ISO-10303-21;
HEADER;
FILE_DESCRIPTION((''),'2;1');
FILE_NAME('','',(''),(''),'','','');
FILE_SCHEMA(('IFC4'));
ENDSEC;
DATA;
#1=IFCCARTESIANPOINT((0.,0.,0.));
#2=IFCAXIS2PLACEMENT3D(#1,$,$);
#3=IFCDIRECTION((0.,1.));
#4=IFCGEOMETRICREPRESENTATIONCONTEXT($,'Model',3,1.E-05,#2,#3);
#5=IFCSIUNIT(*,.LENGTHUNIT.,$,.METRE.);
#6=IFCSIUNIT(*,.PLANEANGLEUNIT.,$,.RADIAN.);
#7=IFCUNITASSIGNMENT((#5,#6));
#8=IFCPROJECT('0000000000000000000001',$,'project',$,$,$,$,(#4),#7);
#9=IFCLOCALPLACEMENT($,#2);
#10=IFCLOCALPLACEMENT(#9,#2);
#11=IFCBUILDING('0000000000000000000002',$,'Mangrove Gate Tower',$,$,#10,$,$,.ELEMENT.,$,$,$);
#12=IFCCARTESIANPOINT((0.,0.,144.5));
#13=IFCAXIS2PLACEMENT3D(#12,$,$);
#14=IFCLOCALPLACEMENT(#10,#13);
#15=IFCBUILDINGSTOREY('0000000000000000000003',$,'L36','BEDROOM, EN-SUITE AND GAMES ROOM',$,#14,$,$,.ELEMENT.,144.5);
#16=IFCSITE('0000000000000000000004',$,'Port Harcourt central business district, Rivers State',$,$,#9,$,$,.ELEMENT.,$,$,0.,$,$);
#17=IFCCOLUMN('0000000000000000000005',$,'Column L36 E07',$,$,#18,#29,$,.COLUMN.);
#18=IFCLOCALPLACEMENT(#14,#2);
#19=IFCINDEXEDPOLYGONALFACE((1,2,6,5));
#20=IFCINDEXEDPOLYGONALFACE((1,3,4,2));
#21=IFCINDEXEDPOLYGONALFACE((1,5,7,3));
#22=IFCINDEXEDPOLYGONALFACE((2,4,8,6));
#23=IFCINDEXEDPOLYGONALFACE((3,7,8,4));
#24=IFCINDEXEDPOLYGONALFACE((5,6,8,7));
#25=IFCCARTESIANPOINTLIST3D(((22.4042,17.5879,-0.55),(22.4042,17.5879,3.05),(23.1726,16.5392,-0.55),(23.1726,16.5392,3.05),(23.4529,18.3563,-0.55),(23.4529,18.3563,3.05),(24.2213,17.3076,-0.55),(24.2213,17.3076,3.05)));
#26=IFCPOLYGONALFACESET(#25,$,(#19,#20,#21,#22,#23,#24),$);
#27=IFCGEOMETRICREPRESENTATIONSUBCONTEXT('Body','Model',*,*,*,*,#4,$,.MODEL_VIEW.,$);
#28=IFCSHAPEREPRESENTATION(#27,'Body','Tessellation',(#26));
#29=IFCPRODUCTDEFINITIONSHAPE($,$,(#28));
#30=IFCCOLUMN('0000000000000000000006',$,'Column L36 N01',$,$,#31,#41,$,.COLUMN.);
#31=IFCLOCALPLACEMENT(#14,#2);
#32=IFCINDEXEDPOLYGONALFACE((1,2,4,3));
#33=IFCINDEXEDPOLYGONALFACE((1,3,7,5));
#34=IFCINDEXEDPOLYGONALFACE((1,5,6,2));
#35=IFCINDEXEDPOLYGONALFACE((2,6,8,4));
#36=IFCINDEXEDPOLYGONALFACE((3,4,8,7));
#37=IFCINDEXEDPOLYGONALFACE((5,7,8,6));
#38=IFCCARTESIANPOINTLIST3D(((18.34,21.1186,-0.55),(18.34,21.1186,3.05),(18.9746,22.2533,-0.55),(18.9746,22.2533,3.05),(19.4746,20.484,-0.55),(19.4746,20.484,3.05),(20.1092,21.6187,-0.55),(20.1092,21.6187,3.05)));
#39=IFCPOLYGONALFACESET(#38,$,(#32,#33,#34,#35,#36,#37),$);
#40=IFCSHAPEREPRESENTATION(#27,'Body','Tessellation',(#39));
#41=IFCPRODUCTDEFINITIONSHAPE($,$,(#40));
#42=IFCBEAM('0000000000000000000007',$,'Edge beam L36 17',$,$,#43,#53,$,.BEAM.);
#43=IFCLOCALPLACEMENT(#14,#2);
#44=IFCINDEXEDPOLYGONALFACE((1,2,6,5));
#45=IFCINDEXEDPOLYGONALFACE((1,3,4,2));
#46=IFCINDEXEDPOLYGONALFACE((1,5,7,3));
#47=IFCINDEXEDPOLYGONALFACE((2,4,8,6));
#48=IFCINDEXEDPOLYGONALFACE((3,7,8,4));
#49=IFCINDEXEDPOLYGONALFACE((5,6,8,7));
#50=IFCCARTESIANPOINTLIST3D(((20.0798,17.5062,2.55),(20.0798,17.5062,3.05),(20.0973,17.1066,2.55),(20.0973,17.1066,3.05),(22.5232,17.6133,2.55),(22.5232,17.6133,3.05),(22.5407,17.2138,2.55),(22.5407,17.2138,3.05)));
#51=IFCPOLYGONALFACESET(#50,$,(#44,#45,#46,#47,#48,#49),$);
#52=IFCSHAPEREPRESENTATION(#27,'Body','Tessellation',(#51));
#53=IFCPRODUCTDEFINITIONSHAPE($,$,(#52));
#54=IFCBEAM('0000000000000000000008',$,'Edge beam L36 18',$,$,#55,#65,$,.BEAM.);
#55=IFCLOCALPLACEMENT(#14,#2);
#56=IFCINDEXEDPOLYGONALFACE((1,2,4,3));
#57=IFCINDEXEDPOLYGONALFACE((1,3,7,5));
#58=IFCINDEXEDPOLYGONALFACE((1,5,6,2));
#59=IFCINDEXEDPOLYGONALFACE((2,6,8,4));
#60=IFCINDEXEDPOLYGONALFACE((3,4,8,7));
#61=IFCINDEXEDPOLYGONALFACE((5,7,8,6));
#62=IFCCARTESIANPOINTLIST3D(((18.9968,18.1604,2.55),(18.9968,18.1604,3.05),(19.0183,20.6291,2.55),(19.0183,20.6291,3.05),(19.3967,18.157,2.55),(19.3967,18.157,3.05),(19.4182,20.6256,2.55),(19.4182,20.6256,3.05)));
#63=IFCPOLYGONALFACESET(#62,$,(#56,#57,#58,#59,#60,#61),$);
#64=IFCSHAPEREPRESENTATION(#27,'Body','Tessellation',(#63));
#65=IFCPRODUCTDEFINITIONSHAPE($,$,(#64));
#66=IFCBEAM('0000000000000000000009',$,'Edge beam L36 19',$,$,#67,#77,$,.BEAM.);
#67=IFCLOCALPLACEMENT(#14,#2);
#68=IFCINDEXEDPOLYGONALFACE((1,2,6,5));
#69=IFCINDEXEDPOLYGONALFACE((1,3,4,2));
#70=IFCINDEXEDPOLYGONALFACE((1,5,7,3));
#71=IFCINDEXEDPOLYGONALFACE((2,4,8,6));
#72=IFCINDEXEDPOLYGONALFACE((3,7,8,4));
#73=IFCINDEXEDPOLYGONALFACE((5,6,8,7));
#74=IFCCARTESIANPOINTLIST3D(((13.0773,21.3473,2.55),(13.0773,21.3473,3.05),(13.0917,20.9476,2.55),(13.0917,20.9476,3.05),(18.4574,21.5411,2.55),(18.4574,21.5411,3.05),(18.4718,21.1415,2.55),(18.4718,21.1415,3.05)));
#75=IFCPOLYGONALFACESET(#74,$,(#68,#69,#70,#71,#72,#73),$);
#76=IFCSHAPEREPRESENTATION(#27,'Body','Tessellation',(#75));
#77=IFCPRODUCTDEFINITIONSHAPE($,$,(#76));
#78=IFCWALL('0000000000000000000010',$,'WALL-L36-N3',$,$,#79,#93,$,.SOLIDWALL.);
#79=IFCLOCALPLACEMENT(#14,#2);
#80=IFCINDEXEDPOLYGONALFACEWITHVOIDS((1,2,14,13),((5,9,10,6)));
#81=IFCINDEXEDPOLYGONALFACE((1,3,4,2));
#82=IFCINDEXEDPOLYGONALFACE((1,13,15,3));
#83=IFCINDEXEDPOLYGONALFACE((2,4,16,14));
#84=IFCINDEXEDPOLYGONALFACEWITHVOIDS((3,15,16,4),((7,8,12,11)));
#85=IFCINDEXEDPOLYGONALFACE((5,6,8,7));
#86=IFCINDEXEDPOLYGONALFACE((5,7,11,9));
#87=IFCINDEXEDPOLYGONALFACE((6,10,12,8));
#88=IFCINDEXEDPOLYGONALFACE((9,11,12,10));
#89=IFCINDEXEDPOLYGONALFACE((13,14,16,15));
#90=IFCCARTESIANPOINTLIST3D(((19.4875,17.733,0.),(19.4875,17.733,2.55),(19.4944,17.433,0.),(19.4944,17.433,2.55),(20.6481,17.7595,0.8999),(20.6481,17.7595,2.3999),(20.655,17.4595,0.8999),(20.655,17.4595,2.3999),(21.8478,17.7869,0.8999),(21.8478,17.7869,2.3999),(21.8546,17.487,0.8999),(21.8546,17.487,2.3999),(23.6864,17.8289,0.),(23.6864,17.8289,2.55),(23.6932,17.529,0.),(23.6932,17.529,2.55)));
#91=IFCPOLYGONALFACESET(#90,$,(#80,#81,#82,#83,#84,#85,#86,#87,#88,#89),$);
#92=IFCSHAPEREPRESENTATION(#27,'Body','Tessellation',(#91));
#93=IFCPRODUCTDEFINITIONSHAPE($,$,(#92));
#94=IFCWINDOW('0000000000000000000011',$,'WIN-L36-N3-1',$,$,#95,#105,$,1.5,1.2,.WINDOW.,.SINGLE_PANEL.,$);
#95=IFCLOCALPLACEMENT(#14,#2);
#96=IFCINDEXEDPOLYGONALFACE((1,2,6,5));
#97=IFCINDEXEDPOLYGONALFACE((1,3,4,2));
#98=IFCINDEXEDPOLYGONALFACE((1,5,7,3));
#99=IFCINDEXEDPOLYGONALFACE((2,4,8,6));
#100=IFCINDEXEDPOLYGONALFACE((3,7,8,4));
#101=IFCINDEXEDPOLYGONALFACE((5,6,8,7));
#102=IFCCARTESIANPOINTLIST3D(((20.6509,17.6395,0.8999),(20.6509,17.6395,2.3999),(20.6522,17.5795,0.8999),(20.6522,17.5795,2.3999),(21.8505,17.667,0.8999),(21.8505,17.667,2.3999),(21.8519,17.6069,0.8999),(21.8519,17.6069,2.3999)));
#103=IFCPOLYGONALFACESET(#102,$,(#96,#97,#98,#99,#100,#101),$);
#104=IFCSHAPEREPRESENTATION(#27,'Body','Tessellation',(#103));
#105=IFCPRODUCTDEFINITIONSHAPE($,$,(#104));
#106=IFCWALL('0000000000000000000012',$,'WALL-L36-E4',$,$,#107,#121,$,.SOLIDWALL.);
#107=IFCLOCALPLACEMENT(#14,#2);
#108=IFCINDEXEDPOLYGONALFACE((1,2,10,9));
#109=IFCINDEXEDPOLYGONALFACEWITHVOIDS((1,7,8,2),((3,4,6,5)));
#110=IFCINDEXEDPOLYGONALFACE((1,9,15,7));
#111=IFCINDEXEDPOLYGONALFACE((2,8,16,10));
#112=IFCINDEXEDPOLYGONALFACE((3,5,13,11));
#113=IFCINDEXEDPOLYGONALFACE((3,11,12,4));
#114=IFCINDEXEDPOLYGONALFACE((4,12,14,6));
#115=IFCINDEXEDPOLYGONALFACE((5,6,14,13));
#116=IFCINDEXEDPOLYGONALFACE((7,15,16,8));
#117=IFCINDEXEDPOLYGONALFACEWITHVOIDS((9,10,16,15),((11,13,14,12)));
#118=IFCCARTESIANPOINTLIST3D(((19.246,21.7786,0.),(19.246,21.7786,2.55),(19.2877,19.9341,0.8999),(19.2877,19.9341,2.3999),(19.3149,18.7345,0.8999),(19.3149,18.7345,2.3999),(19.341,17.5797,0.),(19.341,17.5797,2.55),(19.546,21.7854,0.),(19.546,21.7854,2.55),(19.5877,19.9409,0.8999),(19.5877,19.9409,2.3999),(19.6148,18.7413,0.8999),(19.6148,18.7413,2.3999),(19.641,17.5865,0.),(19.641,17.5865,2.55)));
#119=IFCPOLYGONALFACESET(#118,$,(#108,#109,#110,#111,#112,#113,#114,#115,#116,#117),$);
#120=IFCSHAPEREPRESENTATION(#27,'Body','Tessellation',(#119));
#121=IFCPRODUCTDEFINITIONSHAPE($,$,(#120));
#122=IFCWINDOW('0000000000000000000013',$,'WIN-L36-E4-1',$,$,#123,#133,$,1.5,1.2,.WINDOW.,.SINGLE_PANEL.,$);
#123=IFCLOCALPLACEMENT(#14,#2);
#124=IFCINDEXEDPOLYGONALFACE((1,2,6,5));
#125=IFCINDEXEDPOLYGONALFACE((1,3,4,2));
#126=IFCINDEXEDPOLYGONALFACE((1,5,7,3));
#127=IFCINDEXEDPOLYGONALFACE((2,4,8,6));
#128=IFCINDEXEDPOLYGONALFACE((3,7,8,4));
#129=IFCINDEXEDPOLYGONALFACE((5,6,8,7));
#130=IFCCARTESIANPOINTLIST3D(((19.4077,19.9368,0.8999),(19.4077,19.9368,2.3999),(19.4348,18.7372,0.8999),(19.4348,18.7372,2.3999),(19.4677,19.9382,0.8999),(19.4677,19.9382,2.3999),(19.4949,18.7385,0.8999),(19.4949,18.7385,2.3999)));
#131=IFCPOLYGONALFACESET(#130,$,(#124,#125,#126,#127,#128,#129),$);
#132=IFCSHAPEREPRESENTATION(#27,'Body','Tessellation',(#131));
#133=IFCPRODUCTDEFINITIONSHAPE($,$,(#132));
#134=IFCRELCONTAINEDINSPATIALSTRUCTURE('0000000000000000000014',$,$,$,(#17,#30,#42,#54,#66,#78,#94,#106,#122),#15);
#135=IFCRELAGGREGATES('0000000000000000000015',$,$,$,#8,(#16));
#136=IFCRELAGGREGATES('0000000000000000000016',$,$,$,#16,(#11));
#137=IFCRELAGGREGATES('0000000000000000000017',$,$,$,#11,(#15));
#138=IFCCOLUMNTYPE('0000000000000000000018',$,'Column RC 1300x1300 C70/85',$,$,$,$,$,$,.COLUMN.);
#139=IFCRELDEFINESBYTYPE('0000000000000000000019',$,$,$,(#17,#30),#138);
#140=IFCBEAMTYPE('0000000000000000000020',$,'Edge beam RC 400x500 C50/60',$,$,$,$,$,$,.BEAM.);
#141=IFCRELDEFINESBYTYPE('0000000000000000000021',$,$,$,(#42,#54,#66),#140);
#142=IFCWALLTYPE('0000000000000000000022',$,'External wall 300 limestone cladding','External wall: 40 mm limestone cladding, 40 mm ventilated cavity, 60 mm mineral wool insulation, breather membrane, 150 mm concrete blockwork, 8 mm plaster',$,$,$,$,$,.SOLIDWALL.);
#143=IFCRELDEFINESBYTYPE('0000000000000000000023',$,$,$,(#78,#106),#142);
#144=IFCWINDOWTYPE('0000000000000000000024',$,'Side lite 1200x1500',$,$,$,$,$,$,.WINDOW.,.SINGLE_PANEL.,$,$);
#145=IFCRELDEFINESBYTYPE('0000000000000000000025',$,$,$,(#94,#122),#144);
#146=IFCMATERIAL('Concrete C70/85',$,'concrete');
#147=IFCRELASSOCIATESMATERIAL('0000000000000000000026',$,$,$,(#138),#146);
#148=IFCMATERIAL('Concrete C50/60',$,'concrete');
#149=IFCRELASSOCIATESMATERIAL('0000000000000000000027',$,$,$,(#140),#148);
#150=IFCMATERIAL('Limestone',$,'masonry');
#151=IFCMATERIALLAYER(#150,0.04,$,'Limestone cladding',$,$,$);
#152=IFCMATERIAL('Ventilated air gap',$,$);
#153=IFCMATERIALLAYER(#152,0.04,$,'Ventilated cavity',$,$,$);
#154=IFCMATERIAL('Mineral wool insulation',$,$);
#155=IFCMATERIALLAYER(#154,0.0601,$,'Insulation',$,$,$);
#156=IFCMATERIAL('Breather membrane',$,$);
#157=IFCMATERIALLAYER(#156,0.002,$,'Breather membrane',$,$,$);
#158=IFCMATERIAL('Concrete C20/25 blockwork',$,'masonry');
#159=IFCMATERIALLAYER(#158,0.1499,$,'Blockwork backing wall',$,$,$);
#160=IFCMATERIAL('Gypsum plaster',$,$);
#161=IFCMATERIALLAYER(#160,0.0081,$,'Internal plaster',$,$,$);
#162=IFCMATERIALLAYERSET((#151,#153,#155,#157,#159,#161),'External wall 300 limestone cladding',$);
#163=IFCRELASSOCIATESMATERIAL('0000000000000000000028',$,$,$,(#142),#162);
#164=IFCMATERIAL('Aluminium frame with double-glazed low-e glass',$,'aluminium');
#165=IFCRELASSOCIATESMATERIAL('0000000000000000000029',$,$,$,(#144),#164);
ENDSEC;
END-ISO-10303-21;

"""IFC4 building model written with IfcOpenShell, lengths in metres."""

from ifc_helpers import new_model, si_unit, direction, frame, frame_2d, origin, origin_2d, place, context, subcontext, project, spatial, rectangle, extrude, material, layer, layer_set, material_profile, profile_set, type_object, element, fill, save


model = new_model("IFC4")

# Units and contexts
model_context = context("Model", 3, precision=1e-05, world=origin(), true_north=direction((0.0, 1.0)))
body_context = subcontext(model_context, "Body", "Model", "MODEL_VIEW")
ifc_project = project(units=[si_unit("LENGTHUNIT", "METRE"), si_unit("PLANEANGLEUNIT", "RADIAN")], contexts=[model_context])

# Site, building, storey
site_placement = place(None, origin())
site = spatial("IfcSite", under=ifc_project, at=site_placement, Name="Port Harcourt central business district, Rivers State", CompositionType="ELEMENT", RefElevation=0.0)
building_placement = place(site_placement, origin())
building = spatial("IfcBuilding", under=site, at=building_placement, Name="Mangrove Gate Tower", CompositionType="ELEMENT")
storey_placement = place(building_placement, frame((0.0, 0.0, 144.5)))
storey = spatial("IfcBuildingStorey", under=building, at=storey_placement, Name="L36", Description="BEDROOM, EN-SUITE AND GAMES ROOM", CompositionType="ELEMENT", Elevation=144.5)

# Columns
ifc_material_1 = material(Name="Concrete C70/85", Category="concrete")
ifc_material_profile_1 = material_profile(ifc_material_1, rectangle(XDim=1.3, YDim=1.3, at=origin_2d()))
ifc_profile_set_1 = profile_set([ifc_material_profile_1], Name="Concrete C70/85")
column_type = type_object("IfcColumnType", Name="Column RC 1300x1300 C70/85", PredefinedType="COLUMN", material=ifc_profile_set_1)
for number, where, z_axis, x_axis, name in (
    (1, (23.3127, 17.4478, -0.55), (0.0, 0.0, 1.0), (-0.591062, 0.806626, 0.0), "Column L36 E07"),
    (2, (19.2246, 21.3687, -0.55), (0.0, 0.0, 1.0), (-0.872768, 0.488136, 0.0), "Column L36 N01"),
):
    element("IfcColumn", number, at=place(storey_placement, frame(where, z_axis=z_axis, x_axis=x_axis)), inside=storey, type_object=column_type, Name=name, PredefinedType="COLUMN", context=body_context, shape_type="SweptSolid", body=[
        extrude(rectangle(XDim=1.3, YDim=1.3, at=origin_2d()), origin(), (0.0, 0.0, 1.0), 3.6001),
    ])

# Beams
ifc_material_2 = material(Name="Concrete C50/60", Category="concrete")
ifc_material_profile_2 = material_profile(ifc_material_2, rectangle(XDim=0.3999, YDim=0.5, at=origin_2d()))
ifc_profile_set_2 = profile_set([ifc_material_profile_2], Name="Concrete C50/60")
beam_type = type_object("IfcBeamType", Name="Edge beam RC 400x500 C50/60", PredefinedType="BEAM", material=ifc_profile_set_2)
beam_1_placement = place(storey_placement, frame((22.532, 17.4136, 2.8), z_axis=(-0.999039, -0.043823, 0.0), x_axis=(0.043823, -0.999039, 0.0)))
element("IfcBeam", 3, at=beam_1_placement, inside=storey, type_object=beam_type, Name="Edge beam L36 17", PredefinedType="BEAM", context=body_context, shape_type="SweptSolid", body=[
    extrude(rectangle(XDim=0.3999, YDim=0.5, at=origin_2d()), origin(), (0.0, 0.0, 1.0), 2.4458),
])
beam_2_placement = place(storey_placement, frame((19.1968, 18.1587, 2.8), z_axis=(0.008702, 0.999962, 0.0), x_axis=(-0.999962, 0.008702, 0.0)))
element("IfcBeam", 4, at=beam_2_placement, inside=storey, type_object=beam_type, Name="Edge beam L36 18", PredefinedType="BEAM", context=body_context, shape_type="SweptSolid", body=[
    extrude(rectangle(XDim=0.3999, YDim=0.5, at=origin_2d()), origin(), (0.0, 0.0, 1.0), 2.4688),
])
beam_3_placement = place(storey_placement, frame((18.4646, 21.3413, 2.8), z_axis=(-0.999352, -0.036007, 0.0), x_axis=(0.036007, -0.999352, 0.0)))
element("IfcBeam", 5, at=beam_3_placement, inside=storey, type_object=beam_type, Name="Edge beam L36 19", PredefinedType="BEAM", context=body_context, shape_type="SweptSolid", body=[
    extrude(rectangle(XDim=0.3999, YDim=0.5, at=origin_2d()), origin(), (0.0, 0.0, 1.0), 5.3835),
])

# Walls, openings, windows
ifc_material_3 = material(Name="Limestone", Category="masonry")
ifc_layer_1 = layer(ifc_material_3, 0.04, Name="Limestone cladding")
ifc_material_4 = material(Name="Ventilated air gap")
ifc_layer_2 = layer(ifc_material_4, 0.04, Name="Ventilated cavity")
ifc_material_5 = material(Name="Mineral wool insulation")
ifc_layer_3 = layer(ifc_material_5, 0.0601, Name="Insulation")
ifc_material_6 = material(Name="Breather membrane")
ifc_layer_4 = layer(ifc_material_6, 0.002, Name="Breather membrane")
ifc_material_7 = material(Name="Concrete C20/25 blockwork", Category="masonry")
ifc_layer_5 = layer(ifc_material_7, 0.1499, Name="Blockwork backing wall")
ifc_material_8 = material(Name="Gypsum plaster")
ifc_layer_6 = layer(ifc_material_8, 0.0081, Name="Internal plaster")
ifc_layer_set = layer_set([ifc_layer_1, ifc_layer_2, ifc_layer_3, ifc_layer_4, ifc_layer_5, ifc_layer_6], Name="External wall 300 limestone cladding")
wall_type = type_object("IfcWallType", Name="External wall 300 limestone cladding", Description="External wall: 40 mm limestone cladding, 40 mm ventilated cavity, 60 mm mineral wool insulation, breather membrane, 150 mm concrete blockwork, 8 mm plaster", PredefinedType="SOLIDWALL", material=ifc_layer_set)
wall_1_placement = place(storey_placement, frame((23.6899, 17.679, 0.0), z_axis=(0.0, 0.0, 1.0), x_axis=(-0.999739, -0.022844, 0.0)))
wall_1 = element("IfcWall", 6, at=wall_1_placement, inside=storey, type_object=wall_type, Name="WALL-L36-N3", PredefinedType="SOLIDWALL", context=body_context, shape_type="SweptSolid", body=[
    extrude(rectangle(XDim=4.2, YDim=0.3, at=frame_2d((2.1001, 0.0))), origin(), (0.0, 0.0, 1.0), 2.55),
])
opening_1_placement = place(wall_1_placement, frame((1.8391, 0.0, 0.8999)))
opening_1 = element("IfcOpeningElement", 7, at=opening_1_placement, cuts=wall_1, PredefinedType="OPENING", context=body_context, shape_type="SweptSolid", body=[
    extrude(rectangle(XDim=1.2, YDim=1.5, at=frame_2d((0.6001, 0.75))), frame((0.0, 0.1599, 0.0), z_axis=(0.0, -1.0, 0.0), x_axis=(1.0, 0.0, 0.0)), (0.0, 0.0, 1.0), 0.3201),
])
ifc_material_9 = material(Name="Aluminium frame with double-glazed low-e glass", Category="aluminium")
window_type_1 = type_object("IfcWindowType", Name="Side lite 1200x1500", PartitioningType="SINGLE_PANEL", PredefinedType="WINDOW", material=ifc_material_9)
window_1_placement = place(opening_1_placement, origin())
window_1 = element("IfcWindow", 8, at=window_1_placement, inside=storey, type_object=window_type_1, Name="WIN-L36-N3-1", OverallHeight=1.5, OverallWidth=1.2, PartitioningType="SINGLE_PANEL", PredefinedType="WINDOW", context=body_context, shape_type="SweptSolid", body=[
    extrude(rectangle(XDim=1.2, YDim=1.5, at=frame_2d((0.6001, 0.75))), frame((0.0, 0.03, 0.0), z_axis=(0.0, -1.0, 0.0), x_axis=(1.0, 0.0, 0.0)), (0.0, 0.0, 1.0), 0.0601),
])
fill(opening_1, window_1)
wall_2_placement = place(storey_placement, frame((19.491, 17.583, 0.0), z_axis=(0.0, 0.0, 1.0), x_axis=(-0.022612, 0.999744, 0.0)))
wall_2 = element("IfcWall", 9, at=wall_2_placement, inside=storey, type_object=wall_type, Name="WALL-L36-E4", PredefinedType="SOLIDWALL", context=body_context, shape_type="SweptSolid", body=[
    extrude(rectangle(XDim=4.2, YDim=0.3, at=frame_2d((2.1001, 0.0))), origin(), (0.0, 0.0, 1.0), 2.55),
])
opening_2_placement = place(wall_2_placement, frame((1.155, 0.0, 0.8999)))
opening_2 = element("IfcOpeningElement", 10, at=opening_2_placement, cuts=wall_2, PredefinedType="OPENING", context=body_context, shape_type="SweptSolid", body=[
    extrude(rectangle(XDim=1.2, YDim=1.5, at=frame_2d((0.6001, 0.75))), frame((0.0, 0.1599, 0.0), z_axis=(0.0, -1.0, 0.0), x_axis=(1.0, 0.0, 0.0)), (0.0, 0.0, 1.0), 0.3201),
])
window_2_placement = place(opening_2_placement, origin())
window_2 = element("IfcWindow", 11, at=window_2_placement, inside=storey, type_object=window_type_1, Name="WIN-L36-E4-1", OverallHeight=1.5, OverallWidth=1.2, PartitioningType="SINGLE_PANEL", PredefinedType="WINDOW", context=body_context, shape_type="SweptSolid", body=[
    extrude(rectangle(XDim=1.2, YDim=1.5, at=frame_2d((0.6001, 0.75))), frame((0.0, 0.03, 0.0), z_axis=(0.0, -1.0, 0.0), x_axis=(1.0, 0.0, 0.0)), (0.0, 0.0, 1.0), 0.0601),
])
fill(opening_2, window_2)

save(model, "model.ifc")
